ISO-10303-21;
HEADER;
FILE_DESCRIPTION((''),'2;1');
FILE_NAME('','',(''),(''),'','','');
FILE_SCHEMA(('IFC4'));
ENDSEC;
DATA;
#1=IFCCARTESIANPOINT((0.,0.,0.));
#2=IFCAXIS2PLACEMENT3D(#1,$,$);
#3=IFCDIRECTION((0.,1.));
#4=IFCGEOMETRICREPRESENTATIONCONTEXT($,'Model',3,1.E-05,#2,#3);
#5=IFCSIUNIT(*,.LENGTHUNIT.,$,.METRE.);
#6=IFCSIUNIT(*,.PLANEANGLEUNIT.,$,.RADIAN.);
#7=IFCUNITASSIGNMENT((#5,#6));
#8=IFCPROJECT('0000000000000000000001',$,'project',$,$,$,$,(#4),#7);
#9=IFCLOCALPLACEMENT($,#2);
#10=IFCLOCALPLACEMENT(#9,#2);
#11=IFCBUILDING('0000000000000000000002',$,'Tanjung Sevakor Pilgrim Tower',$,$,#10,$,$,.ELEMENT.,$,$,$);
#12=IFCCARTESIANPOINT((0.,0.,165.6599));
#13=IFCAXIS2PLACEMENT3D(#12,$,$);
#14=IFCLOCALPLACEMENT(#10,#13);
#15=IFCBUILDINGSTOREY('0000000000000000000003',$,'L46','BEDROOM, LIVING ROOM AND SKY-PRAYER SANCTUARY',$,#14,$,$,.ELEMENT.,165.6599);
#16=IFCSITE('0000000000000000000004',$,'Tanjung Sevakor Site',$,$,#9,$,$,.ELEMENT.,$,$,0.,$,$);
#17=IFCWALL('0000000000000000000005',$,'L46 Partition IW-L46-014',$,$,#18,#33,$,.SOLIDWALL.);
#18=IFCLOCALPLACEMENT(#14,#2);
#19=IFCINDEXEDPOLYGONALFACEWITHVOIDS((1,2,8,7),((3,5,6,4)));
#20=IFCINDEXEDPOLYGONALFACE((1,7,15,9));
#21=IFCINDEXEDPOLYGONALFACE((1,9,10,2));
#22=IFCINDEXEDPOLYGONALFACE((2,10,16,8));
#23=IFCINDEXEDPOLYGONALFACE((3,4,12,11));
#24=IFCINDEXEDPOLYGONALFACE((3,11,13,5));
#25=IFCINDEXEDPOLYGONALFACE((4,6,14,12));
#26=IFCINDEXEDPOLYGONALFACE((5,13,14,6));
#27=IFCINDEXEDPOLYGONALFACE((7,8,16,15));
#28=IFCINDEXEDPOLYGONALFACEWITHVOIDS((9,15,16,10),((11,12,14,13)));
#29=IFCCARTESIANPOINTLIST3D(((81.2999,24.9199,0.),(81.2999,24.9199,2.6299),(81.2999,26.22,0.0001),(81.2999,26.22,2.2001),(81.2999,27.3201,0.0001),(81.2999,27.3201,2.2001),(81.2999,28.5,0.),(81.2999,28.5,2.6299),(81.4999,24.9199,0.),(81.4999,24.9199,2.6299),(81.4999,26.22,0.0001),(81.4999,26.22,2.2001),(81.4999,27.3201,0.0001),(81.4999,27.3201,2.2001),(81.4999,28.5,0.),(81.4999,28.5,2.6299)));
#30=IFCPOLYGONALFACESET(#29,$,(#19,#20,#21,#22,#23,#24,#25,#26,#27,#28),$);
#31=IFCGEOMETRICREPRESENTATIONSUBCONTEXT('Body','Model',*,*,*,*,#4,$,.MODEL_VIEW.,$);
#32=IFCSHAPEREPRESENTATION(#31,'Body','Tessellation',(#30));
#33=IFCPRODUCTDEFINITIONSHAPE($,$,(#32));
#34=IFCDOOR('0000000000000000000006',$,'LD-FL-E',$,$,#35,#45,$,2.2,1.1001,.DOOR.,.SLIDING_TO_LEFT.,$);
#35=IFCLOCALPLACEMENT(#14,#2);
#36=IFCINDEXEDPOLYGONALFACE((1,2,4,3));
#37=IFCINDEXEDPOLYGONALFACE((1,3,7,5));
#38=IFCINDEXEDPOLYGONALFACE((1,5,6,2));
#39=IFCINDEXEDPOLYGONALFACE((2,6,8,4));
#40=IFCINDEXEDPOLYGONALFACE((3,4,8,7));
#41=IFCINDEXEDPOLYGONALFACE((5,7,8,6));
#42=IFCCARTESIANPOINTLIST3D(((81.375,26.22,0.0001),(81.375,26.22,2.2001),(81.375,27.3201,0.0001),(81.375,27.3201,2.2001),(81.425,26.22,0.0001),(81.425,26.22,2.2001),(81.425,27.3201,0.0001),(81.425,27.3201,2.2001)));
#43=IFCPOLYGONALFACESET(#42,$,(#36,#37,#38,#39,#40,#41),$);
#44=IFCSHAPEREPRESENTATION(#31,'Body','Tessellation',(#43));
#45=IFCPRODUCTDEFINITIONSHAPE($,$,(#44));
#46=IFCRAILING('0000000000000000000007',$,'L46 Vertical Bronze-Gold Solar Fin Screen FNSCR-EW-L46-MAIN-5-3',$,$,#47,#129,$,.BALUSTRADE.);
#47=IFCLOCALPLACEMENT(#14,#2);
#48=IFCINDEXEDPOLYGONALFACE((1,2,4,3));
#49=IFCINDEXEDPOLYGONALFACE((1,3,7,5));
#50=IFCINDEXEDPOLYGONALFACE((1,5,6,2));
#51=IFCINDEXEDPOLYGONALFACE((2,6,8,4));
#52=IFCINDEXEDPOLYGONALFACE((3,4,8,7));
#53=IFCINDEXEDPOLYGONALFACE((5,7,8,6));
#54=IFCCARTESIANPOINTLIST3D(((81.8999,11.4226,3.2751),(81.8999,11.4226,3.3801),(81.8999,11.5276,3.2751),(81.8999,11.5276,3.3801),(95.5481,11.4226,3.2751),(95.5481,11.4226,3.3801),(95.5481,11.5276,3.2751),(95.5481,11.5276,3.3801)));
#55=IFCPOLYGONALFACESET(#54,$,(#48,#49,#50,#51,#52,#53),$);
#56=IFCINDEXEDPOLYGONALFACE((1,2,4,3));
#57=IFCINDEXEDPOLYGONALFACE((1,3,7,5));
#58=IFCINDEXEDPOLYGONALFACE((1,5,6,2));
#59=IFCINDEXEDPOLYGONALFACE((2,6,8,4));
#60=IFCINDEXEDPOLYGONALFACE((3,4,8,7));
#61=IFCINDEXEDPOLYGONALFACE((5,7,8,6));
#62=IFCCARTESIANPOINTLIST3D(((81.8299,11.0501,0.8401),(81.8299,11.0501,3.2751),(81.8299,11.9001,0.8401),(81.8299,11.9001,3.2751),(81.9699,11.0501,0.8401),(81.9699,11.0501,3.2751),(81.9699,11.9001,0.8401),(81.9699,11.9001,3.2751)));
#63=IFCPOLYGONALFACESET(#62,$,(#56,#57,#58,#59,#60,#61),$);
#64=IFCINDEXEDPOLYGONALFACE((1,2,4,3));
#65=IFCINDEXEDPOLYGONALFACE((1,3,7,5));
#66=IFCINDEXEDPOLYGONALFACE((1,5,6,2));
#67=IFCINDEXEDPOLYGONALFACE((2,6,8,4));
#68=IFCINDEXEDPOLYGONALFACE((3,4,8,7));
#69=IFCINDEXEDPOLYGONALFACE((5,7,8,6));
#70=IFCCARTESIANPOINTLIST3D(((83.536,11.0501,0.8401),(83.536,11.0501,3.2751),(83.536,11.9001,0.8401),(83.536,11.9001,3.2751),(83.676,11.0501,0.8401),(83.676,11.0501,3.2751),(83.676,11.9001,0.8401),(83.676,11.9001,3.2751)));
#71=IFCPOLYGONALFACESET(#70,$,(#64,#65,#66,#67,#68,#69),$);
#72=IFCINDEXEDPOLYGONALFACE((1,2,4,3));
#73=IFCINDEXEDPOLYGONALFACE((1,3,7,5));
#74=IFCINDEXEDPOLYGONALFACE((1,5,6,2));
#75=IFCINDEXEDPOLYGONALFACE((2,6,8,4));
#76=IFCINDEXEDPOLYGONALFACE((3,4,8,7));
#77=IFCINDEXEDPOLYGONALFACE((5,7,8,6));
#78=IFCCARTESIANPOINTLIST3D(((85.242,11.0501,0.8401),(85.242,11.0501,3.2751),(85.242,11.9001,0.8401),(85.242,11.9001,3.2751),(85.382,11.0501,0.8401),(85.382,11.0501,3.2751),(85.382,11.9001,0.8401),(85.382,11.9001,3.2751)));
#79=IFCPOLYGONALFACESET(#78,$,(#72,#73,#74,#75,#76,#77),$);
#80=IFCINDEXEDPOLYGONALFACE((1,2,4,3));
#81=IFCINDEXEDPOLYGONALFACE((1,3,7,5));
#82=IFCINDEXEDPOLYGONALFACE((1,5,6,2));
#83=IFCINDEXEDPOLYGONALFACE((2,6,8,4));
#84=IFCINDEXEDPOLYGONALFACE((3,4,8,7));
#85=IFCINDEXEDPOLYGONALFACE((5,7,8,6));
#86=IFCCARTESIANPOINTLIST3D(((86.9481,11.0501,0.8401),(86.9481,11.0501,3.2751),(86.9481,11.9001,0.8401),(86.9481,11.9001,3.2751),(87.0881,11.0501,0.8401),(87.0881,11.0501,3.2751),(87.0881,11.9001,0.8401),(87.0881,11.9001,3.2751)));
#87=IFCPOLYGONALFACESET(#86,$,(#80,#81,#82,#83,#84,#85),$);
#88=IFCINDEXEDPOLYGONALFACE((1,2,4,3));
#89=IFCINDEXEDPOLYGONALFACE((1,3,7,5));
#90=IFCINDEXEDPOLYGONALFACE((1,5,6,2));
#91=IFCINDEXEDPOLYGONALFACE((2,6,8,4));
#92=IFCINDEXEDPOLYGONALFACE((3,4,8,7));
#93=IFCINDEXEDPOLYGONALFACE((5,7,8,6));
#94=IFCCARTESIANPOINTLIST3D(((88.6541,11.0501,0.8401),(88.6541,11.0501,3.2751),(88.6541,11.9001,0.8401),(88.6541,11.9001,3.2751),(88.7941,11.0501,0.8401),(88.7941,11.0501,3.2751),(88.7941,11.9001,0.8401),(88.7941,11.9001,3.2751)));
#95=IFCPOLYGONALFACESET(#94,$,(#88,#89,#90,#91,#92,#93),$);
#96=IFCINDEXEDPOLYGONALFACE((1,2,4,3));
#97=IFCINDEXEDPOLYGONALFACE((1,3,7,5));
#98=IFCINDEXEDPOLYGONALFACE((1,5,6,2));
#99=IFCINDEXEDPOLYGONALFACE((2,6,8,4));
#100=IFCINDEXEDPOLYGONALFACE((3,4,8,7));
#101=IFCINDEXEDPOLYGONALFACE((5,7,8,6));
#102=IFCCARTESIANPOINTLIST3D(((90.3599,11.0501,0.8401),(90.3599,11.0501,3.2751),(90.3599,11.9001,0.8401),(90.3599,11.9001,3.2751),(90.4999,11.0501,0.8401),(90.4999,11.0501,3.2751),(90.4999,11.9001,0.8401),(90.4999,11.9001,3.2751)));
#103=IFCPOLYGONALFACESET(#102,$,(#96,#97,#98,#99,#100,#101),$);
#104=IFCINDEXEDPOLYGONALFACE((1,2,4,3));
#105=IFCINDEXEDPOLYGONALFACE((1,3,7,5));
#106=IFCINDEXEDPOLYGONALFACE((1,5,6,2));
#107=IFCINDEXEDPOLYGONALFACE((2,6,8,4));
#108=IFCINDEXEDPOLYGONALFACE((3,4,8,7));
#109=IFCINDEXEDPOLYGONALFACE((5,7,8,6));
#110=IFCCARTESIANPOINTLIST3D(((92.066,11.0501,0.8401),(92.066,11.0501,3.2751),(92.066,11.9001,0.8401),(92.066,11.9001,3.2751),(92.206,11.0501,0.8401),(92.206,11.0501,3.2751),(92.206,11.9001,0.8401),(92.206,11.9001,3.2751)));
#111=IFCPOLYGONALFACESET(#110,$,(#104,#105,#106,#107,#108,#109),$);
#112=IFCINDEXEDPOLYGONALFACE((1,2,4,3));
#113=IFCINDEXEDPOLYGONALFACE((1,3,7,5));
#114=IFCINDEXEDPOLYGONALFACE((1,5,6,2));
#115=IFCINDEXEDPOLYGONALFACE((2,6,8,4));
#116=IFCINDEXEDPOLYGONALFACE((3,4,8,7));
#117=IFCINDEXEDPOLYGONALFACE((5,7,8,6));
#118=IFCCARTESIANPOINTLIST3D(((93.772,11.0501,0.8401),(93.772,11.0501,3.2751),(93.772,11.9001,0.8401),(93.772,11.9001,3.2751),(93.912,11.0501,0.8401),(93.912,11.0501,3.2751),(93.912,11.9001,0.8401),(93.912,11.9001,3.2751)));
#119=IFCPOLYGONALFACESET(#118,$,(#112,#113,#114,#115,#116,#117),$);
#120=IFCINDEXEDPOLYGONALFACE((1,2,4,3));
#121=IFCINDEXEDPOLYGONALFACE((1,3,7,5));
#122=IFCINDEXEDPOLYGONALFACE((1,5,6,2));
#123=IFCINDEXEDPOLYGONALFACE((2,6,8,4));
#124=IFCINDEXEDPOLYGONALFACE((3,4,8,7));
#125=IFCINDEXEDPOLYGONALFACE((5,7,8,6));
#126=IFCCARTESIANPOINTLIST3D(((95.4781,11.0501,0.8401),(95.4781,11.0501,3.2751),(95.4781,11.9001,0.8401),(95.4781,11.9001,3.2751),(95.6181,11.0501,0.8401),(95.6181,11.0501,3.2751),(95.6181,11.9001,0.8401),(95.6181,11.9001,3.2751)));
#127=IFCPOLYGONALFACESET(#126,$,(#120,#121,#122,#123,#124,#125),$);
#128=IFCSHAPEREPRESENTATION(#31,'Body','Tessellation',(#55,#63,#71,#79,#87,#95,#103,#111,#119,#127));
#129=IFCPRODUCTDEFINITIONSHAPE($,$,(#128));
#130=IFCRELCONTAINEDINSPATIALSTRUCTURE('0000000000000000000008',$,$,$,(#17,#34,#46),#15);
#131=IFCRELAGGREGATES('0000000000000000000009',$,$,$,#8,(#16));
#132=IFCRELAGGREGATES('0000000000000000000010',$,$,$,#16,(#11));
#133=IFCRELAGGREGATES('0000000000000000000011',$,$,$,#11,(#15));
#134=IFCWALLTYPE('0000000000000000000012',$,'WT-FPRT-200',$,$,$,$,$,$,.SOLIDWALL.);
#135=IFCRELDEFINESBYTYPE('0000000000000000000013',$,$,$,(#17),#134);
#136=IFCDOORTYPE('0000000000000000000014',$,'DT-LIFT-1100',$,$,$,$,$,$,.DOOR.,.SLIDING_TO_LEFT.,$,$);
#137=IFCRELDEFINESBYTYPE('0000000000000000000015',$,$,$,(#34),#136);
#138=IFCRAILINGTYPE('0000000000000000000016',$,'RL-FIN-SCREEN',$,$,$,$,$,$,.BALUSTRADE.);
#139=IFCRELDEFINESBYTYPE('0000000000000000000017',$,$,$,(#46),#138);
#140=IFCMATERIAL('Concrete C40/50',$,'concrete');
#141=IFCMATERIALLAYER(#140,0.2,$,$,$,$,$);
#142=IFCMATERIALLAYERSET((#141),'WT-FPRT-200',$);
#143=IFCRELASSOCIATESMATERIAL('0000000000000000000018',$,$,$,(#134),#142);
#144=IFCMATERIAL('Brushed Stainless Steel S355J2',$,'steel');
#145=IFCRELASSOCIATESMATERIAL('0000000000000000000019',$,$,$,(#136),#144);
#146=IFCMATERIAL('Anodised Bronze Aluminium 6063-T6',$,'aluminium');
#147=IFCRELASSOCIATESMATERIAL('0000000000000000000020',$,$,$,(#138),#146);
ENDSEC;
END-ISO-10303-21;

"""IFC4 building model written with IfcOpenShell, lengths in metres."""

from ifc_helpers import new_model, si_unit, direction, frame, frame_2d, origin, place, context, subcontext, project, spatial, rectangle, extrude, material, layer, layer_set, type_object, element, fill, save


model = new_model("IFC4")

# Units and contexts
model_context = context("Model", 3, precision=1e-05, world=origin(), true_north=direction((0.0, 1.0)))
body_context = subcontext(model_context, "Body", "Model", "MODEL_VIEW")
ifc_project = project(units=[si_unit("LENGTHUNIT", "METRE"), si_unit("PLANEANGLEUNIT", "RADIAN")], contexts=[model_context])

# Site, building, storey
site_placement = place(None, origin())
site = spatial("IfcSite", under=ifc_project, at=site_placement, Name="Tanjung Sevakor Site", CompositionType="ELEMENT", RefElevation=0.0)
building_placement = place(site_placement, origin())
building = spatial("IfcBuilding", under=site, at=building_placement, Name="Tanjung Sevakor Pilgrim Tower", CompositionType="ELEMENT")
storey_placement = place(building_placement, frame((0.0, 0.0, 165.6599)))
storey = spatial("IfcBuildingStorey", under=building, at=storey_placement, Name="L46", Description="BEDROOM, LIVING ROOM AND SKY-PRAYER SANCTUARY", CompositionType="ELEMENT", Elevation=165.6599)

# Wall, opening, door
ifc_material_1 = material(Name="Concrete C40/50", Category="concrete")
ifc_layer_1 = layer(ifc_material_1, 0.2)
ifc_layer_set_1 = layer_set([ifc_layer_1], Name="WT-FPRT-200")
wall_type_1 = type_object("IfcWallType", Name="WT-FPRT-200", PredefinedType="SOLIDWALL", material=ifc_layer_set_1)
wall_1_placement = place(storey_placement, frame((81.3999, 24.9199, 0.0), z_axis=(0.0, 0.0, 1.0), x_axis=(0.0, 1.0, 0.0)))
wall_1 = element("IfcWall", 1, at=wall_1_placement, inside=storey, type_object=wall_type_1, Name="L46 Partition IW-L46-014", PredefinedType="SOLIDWALL", context=body_context, shape_type="SweptSolid", body=[
    extrude(rectangle(XDim=3.5801, YDim=0.2, at=frame_2d((1.79, 0.0))), origin(), (0.0, 0.0, 1.0), 2.6299),
])
opening_1_placement = place(wall_1_placement, frame((1.3, 0.0, 0.0)))
opening_1 = element("IfcOpeningElement", 2, at=opening_1_placement, cuts=wall_1, PredefinedType="OPENING", context=body_context, shape_type="SweptSolid", body=[
    extrude(rectangle(XDim=1.1001, YDim=2.2, at=frame_2d((0.55, 1.1001))), frame((0.0, 0.1099, 0.0), z_axis=(0.0, -1.0, 0.0), x_axis=(1.0, 0.0, 0.0)), (0.0, 0.0, 1.0), 0.22),
])
ifc_material_2 = material(Name="Brushed Stainless Steel S355J2", Category="steel")
door_type_1 = type_object("IfcDoorType", Name="DT-LIFT-1100", OperationType="SLIDING_TO_LEFT", PredefinedType="DOOR", material=ifc_material_2)
door_1_placement = place(opening_1_placement, origin())
door_1 = element("IfcDoor", 3, at=door_1_placement, inside=storey, type_object=door_type_1, Name="LD-FL-E", OperationType="SLIDING_TO_LEFT", OverallHeight=2.2, OverallWidth=1.1001, PredefinedType="DOOR", context=body_context, shape_type="SweptSolid", body=[
    extrude(rectangle(XDim=1.1001, YDim=2.2, at=frame_2d((0.55, 1.1001))), frame((0.0, 0.0249, 0.0), z_axis=(0.0, -1.0, 0.0), x_axis=(1.0, 0.0, 0.0)), (0.0, 0.0, 1.0), 0.05),
])
fill(opening_1, door_1)

# Railing
ifc_material_3 = material(Name="Anodised Bronze Aluminium 6063-T6", Category="aluminium")
railing_type = type_object("IfcRailingType", Name="RL-FIN-SCREEN", PredefinedType="BALUSTRADE", material=ifc_material_3)
railing_placement = place(storey_placement, frame((81.8999, 11.4751, 0.8401)))
element("IfcRailing", 4, at=railing_placement, inside=storey, type_object=railing_type, Name="L46 Vertical Bronze-Gold Solar Fin Screen FNSCR-EW-L46-MAIN-5-3", PredefinedType="BALUSTRADE", context=body_context, shape_type="SweptSolid", body=[
    extrude(rectangle(XDim=0.105, YDim=0.105), frame((0.0, 0.0, 2.4875), z_axis=(1.0, 0.0, 0.0), x_axis=(0.0, 1.0, 0.0)), (0.0, 0.0, 1.0), 13.6482),
    extrude(rectangle(XDim=0.14, YDim=0.85), origin(), (0.0, 0.0, 1.0), 2.4351),
    extrude(rectangle(XDim=0.14, YDim=0.85), frame((1.7061, 0.0, 0.0)), (0.0, 0.0, 1.0), 2.4351),
    extrude(rectangle(XDim=0.14, YDim=0.85), frame((3.4121, 0.0, 0.0)), (0.0, 0.0, 1.0), 2.4351),
    extrude(rectangle(XDim=0.14, YDim=0.85), frame((5.1182, 0.0, 0.0)), (0.0, 0.0, 1.0), 2.4351),
    extrude(rectangle(XDim=0.14, YDim=0.85), frame((6.8242, 0.0, 0.0)), (0.0, 0.0, 1.0), 2.4351),
    extrude(rectangle(XDim=0.14, YDim=0.85), frame((8.53, 0.0, 0.0)), (0.0, 0.0, 1.0), 2.4351),
    extrude(rectangle(XDim=0.14, YDim=0.85), frame((10.2361, 0.0, 0.0)), (0.0, 0.0, 1.0), 2.4351),
    extrude(rectangle(XDim=0.14, YDim=0.85), frame((11.9421, 0.0, 0.0)), (0.0, 0.0, 1.0), 2.4351),
    extrude(rectangle(XDim=0.14, YDim=0.85), frame((13.6482, 0.0, 0.0)), (0.0, 0.0, 1.0), 2.4351),
])

save(model, "model.ifc")
